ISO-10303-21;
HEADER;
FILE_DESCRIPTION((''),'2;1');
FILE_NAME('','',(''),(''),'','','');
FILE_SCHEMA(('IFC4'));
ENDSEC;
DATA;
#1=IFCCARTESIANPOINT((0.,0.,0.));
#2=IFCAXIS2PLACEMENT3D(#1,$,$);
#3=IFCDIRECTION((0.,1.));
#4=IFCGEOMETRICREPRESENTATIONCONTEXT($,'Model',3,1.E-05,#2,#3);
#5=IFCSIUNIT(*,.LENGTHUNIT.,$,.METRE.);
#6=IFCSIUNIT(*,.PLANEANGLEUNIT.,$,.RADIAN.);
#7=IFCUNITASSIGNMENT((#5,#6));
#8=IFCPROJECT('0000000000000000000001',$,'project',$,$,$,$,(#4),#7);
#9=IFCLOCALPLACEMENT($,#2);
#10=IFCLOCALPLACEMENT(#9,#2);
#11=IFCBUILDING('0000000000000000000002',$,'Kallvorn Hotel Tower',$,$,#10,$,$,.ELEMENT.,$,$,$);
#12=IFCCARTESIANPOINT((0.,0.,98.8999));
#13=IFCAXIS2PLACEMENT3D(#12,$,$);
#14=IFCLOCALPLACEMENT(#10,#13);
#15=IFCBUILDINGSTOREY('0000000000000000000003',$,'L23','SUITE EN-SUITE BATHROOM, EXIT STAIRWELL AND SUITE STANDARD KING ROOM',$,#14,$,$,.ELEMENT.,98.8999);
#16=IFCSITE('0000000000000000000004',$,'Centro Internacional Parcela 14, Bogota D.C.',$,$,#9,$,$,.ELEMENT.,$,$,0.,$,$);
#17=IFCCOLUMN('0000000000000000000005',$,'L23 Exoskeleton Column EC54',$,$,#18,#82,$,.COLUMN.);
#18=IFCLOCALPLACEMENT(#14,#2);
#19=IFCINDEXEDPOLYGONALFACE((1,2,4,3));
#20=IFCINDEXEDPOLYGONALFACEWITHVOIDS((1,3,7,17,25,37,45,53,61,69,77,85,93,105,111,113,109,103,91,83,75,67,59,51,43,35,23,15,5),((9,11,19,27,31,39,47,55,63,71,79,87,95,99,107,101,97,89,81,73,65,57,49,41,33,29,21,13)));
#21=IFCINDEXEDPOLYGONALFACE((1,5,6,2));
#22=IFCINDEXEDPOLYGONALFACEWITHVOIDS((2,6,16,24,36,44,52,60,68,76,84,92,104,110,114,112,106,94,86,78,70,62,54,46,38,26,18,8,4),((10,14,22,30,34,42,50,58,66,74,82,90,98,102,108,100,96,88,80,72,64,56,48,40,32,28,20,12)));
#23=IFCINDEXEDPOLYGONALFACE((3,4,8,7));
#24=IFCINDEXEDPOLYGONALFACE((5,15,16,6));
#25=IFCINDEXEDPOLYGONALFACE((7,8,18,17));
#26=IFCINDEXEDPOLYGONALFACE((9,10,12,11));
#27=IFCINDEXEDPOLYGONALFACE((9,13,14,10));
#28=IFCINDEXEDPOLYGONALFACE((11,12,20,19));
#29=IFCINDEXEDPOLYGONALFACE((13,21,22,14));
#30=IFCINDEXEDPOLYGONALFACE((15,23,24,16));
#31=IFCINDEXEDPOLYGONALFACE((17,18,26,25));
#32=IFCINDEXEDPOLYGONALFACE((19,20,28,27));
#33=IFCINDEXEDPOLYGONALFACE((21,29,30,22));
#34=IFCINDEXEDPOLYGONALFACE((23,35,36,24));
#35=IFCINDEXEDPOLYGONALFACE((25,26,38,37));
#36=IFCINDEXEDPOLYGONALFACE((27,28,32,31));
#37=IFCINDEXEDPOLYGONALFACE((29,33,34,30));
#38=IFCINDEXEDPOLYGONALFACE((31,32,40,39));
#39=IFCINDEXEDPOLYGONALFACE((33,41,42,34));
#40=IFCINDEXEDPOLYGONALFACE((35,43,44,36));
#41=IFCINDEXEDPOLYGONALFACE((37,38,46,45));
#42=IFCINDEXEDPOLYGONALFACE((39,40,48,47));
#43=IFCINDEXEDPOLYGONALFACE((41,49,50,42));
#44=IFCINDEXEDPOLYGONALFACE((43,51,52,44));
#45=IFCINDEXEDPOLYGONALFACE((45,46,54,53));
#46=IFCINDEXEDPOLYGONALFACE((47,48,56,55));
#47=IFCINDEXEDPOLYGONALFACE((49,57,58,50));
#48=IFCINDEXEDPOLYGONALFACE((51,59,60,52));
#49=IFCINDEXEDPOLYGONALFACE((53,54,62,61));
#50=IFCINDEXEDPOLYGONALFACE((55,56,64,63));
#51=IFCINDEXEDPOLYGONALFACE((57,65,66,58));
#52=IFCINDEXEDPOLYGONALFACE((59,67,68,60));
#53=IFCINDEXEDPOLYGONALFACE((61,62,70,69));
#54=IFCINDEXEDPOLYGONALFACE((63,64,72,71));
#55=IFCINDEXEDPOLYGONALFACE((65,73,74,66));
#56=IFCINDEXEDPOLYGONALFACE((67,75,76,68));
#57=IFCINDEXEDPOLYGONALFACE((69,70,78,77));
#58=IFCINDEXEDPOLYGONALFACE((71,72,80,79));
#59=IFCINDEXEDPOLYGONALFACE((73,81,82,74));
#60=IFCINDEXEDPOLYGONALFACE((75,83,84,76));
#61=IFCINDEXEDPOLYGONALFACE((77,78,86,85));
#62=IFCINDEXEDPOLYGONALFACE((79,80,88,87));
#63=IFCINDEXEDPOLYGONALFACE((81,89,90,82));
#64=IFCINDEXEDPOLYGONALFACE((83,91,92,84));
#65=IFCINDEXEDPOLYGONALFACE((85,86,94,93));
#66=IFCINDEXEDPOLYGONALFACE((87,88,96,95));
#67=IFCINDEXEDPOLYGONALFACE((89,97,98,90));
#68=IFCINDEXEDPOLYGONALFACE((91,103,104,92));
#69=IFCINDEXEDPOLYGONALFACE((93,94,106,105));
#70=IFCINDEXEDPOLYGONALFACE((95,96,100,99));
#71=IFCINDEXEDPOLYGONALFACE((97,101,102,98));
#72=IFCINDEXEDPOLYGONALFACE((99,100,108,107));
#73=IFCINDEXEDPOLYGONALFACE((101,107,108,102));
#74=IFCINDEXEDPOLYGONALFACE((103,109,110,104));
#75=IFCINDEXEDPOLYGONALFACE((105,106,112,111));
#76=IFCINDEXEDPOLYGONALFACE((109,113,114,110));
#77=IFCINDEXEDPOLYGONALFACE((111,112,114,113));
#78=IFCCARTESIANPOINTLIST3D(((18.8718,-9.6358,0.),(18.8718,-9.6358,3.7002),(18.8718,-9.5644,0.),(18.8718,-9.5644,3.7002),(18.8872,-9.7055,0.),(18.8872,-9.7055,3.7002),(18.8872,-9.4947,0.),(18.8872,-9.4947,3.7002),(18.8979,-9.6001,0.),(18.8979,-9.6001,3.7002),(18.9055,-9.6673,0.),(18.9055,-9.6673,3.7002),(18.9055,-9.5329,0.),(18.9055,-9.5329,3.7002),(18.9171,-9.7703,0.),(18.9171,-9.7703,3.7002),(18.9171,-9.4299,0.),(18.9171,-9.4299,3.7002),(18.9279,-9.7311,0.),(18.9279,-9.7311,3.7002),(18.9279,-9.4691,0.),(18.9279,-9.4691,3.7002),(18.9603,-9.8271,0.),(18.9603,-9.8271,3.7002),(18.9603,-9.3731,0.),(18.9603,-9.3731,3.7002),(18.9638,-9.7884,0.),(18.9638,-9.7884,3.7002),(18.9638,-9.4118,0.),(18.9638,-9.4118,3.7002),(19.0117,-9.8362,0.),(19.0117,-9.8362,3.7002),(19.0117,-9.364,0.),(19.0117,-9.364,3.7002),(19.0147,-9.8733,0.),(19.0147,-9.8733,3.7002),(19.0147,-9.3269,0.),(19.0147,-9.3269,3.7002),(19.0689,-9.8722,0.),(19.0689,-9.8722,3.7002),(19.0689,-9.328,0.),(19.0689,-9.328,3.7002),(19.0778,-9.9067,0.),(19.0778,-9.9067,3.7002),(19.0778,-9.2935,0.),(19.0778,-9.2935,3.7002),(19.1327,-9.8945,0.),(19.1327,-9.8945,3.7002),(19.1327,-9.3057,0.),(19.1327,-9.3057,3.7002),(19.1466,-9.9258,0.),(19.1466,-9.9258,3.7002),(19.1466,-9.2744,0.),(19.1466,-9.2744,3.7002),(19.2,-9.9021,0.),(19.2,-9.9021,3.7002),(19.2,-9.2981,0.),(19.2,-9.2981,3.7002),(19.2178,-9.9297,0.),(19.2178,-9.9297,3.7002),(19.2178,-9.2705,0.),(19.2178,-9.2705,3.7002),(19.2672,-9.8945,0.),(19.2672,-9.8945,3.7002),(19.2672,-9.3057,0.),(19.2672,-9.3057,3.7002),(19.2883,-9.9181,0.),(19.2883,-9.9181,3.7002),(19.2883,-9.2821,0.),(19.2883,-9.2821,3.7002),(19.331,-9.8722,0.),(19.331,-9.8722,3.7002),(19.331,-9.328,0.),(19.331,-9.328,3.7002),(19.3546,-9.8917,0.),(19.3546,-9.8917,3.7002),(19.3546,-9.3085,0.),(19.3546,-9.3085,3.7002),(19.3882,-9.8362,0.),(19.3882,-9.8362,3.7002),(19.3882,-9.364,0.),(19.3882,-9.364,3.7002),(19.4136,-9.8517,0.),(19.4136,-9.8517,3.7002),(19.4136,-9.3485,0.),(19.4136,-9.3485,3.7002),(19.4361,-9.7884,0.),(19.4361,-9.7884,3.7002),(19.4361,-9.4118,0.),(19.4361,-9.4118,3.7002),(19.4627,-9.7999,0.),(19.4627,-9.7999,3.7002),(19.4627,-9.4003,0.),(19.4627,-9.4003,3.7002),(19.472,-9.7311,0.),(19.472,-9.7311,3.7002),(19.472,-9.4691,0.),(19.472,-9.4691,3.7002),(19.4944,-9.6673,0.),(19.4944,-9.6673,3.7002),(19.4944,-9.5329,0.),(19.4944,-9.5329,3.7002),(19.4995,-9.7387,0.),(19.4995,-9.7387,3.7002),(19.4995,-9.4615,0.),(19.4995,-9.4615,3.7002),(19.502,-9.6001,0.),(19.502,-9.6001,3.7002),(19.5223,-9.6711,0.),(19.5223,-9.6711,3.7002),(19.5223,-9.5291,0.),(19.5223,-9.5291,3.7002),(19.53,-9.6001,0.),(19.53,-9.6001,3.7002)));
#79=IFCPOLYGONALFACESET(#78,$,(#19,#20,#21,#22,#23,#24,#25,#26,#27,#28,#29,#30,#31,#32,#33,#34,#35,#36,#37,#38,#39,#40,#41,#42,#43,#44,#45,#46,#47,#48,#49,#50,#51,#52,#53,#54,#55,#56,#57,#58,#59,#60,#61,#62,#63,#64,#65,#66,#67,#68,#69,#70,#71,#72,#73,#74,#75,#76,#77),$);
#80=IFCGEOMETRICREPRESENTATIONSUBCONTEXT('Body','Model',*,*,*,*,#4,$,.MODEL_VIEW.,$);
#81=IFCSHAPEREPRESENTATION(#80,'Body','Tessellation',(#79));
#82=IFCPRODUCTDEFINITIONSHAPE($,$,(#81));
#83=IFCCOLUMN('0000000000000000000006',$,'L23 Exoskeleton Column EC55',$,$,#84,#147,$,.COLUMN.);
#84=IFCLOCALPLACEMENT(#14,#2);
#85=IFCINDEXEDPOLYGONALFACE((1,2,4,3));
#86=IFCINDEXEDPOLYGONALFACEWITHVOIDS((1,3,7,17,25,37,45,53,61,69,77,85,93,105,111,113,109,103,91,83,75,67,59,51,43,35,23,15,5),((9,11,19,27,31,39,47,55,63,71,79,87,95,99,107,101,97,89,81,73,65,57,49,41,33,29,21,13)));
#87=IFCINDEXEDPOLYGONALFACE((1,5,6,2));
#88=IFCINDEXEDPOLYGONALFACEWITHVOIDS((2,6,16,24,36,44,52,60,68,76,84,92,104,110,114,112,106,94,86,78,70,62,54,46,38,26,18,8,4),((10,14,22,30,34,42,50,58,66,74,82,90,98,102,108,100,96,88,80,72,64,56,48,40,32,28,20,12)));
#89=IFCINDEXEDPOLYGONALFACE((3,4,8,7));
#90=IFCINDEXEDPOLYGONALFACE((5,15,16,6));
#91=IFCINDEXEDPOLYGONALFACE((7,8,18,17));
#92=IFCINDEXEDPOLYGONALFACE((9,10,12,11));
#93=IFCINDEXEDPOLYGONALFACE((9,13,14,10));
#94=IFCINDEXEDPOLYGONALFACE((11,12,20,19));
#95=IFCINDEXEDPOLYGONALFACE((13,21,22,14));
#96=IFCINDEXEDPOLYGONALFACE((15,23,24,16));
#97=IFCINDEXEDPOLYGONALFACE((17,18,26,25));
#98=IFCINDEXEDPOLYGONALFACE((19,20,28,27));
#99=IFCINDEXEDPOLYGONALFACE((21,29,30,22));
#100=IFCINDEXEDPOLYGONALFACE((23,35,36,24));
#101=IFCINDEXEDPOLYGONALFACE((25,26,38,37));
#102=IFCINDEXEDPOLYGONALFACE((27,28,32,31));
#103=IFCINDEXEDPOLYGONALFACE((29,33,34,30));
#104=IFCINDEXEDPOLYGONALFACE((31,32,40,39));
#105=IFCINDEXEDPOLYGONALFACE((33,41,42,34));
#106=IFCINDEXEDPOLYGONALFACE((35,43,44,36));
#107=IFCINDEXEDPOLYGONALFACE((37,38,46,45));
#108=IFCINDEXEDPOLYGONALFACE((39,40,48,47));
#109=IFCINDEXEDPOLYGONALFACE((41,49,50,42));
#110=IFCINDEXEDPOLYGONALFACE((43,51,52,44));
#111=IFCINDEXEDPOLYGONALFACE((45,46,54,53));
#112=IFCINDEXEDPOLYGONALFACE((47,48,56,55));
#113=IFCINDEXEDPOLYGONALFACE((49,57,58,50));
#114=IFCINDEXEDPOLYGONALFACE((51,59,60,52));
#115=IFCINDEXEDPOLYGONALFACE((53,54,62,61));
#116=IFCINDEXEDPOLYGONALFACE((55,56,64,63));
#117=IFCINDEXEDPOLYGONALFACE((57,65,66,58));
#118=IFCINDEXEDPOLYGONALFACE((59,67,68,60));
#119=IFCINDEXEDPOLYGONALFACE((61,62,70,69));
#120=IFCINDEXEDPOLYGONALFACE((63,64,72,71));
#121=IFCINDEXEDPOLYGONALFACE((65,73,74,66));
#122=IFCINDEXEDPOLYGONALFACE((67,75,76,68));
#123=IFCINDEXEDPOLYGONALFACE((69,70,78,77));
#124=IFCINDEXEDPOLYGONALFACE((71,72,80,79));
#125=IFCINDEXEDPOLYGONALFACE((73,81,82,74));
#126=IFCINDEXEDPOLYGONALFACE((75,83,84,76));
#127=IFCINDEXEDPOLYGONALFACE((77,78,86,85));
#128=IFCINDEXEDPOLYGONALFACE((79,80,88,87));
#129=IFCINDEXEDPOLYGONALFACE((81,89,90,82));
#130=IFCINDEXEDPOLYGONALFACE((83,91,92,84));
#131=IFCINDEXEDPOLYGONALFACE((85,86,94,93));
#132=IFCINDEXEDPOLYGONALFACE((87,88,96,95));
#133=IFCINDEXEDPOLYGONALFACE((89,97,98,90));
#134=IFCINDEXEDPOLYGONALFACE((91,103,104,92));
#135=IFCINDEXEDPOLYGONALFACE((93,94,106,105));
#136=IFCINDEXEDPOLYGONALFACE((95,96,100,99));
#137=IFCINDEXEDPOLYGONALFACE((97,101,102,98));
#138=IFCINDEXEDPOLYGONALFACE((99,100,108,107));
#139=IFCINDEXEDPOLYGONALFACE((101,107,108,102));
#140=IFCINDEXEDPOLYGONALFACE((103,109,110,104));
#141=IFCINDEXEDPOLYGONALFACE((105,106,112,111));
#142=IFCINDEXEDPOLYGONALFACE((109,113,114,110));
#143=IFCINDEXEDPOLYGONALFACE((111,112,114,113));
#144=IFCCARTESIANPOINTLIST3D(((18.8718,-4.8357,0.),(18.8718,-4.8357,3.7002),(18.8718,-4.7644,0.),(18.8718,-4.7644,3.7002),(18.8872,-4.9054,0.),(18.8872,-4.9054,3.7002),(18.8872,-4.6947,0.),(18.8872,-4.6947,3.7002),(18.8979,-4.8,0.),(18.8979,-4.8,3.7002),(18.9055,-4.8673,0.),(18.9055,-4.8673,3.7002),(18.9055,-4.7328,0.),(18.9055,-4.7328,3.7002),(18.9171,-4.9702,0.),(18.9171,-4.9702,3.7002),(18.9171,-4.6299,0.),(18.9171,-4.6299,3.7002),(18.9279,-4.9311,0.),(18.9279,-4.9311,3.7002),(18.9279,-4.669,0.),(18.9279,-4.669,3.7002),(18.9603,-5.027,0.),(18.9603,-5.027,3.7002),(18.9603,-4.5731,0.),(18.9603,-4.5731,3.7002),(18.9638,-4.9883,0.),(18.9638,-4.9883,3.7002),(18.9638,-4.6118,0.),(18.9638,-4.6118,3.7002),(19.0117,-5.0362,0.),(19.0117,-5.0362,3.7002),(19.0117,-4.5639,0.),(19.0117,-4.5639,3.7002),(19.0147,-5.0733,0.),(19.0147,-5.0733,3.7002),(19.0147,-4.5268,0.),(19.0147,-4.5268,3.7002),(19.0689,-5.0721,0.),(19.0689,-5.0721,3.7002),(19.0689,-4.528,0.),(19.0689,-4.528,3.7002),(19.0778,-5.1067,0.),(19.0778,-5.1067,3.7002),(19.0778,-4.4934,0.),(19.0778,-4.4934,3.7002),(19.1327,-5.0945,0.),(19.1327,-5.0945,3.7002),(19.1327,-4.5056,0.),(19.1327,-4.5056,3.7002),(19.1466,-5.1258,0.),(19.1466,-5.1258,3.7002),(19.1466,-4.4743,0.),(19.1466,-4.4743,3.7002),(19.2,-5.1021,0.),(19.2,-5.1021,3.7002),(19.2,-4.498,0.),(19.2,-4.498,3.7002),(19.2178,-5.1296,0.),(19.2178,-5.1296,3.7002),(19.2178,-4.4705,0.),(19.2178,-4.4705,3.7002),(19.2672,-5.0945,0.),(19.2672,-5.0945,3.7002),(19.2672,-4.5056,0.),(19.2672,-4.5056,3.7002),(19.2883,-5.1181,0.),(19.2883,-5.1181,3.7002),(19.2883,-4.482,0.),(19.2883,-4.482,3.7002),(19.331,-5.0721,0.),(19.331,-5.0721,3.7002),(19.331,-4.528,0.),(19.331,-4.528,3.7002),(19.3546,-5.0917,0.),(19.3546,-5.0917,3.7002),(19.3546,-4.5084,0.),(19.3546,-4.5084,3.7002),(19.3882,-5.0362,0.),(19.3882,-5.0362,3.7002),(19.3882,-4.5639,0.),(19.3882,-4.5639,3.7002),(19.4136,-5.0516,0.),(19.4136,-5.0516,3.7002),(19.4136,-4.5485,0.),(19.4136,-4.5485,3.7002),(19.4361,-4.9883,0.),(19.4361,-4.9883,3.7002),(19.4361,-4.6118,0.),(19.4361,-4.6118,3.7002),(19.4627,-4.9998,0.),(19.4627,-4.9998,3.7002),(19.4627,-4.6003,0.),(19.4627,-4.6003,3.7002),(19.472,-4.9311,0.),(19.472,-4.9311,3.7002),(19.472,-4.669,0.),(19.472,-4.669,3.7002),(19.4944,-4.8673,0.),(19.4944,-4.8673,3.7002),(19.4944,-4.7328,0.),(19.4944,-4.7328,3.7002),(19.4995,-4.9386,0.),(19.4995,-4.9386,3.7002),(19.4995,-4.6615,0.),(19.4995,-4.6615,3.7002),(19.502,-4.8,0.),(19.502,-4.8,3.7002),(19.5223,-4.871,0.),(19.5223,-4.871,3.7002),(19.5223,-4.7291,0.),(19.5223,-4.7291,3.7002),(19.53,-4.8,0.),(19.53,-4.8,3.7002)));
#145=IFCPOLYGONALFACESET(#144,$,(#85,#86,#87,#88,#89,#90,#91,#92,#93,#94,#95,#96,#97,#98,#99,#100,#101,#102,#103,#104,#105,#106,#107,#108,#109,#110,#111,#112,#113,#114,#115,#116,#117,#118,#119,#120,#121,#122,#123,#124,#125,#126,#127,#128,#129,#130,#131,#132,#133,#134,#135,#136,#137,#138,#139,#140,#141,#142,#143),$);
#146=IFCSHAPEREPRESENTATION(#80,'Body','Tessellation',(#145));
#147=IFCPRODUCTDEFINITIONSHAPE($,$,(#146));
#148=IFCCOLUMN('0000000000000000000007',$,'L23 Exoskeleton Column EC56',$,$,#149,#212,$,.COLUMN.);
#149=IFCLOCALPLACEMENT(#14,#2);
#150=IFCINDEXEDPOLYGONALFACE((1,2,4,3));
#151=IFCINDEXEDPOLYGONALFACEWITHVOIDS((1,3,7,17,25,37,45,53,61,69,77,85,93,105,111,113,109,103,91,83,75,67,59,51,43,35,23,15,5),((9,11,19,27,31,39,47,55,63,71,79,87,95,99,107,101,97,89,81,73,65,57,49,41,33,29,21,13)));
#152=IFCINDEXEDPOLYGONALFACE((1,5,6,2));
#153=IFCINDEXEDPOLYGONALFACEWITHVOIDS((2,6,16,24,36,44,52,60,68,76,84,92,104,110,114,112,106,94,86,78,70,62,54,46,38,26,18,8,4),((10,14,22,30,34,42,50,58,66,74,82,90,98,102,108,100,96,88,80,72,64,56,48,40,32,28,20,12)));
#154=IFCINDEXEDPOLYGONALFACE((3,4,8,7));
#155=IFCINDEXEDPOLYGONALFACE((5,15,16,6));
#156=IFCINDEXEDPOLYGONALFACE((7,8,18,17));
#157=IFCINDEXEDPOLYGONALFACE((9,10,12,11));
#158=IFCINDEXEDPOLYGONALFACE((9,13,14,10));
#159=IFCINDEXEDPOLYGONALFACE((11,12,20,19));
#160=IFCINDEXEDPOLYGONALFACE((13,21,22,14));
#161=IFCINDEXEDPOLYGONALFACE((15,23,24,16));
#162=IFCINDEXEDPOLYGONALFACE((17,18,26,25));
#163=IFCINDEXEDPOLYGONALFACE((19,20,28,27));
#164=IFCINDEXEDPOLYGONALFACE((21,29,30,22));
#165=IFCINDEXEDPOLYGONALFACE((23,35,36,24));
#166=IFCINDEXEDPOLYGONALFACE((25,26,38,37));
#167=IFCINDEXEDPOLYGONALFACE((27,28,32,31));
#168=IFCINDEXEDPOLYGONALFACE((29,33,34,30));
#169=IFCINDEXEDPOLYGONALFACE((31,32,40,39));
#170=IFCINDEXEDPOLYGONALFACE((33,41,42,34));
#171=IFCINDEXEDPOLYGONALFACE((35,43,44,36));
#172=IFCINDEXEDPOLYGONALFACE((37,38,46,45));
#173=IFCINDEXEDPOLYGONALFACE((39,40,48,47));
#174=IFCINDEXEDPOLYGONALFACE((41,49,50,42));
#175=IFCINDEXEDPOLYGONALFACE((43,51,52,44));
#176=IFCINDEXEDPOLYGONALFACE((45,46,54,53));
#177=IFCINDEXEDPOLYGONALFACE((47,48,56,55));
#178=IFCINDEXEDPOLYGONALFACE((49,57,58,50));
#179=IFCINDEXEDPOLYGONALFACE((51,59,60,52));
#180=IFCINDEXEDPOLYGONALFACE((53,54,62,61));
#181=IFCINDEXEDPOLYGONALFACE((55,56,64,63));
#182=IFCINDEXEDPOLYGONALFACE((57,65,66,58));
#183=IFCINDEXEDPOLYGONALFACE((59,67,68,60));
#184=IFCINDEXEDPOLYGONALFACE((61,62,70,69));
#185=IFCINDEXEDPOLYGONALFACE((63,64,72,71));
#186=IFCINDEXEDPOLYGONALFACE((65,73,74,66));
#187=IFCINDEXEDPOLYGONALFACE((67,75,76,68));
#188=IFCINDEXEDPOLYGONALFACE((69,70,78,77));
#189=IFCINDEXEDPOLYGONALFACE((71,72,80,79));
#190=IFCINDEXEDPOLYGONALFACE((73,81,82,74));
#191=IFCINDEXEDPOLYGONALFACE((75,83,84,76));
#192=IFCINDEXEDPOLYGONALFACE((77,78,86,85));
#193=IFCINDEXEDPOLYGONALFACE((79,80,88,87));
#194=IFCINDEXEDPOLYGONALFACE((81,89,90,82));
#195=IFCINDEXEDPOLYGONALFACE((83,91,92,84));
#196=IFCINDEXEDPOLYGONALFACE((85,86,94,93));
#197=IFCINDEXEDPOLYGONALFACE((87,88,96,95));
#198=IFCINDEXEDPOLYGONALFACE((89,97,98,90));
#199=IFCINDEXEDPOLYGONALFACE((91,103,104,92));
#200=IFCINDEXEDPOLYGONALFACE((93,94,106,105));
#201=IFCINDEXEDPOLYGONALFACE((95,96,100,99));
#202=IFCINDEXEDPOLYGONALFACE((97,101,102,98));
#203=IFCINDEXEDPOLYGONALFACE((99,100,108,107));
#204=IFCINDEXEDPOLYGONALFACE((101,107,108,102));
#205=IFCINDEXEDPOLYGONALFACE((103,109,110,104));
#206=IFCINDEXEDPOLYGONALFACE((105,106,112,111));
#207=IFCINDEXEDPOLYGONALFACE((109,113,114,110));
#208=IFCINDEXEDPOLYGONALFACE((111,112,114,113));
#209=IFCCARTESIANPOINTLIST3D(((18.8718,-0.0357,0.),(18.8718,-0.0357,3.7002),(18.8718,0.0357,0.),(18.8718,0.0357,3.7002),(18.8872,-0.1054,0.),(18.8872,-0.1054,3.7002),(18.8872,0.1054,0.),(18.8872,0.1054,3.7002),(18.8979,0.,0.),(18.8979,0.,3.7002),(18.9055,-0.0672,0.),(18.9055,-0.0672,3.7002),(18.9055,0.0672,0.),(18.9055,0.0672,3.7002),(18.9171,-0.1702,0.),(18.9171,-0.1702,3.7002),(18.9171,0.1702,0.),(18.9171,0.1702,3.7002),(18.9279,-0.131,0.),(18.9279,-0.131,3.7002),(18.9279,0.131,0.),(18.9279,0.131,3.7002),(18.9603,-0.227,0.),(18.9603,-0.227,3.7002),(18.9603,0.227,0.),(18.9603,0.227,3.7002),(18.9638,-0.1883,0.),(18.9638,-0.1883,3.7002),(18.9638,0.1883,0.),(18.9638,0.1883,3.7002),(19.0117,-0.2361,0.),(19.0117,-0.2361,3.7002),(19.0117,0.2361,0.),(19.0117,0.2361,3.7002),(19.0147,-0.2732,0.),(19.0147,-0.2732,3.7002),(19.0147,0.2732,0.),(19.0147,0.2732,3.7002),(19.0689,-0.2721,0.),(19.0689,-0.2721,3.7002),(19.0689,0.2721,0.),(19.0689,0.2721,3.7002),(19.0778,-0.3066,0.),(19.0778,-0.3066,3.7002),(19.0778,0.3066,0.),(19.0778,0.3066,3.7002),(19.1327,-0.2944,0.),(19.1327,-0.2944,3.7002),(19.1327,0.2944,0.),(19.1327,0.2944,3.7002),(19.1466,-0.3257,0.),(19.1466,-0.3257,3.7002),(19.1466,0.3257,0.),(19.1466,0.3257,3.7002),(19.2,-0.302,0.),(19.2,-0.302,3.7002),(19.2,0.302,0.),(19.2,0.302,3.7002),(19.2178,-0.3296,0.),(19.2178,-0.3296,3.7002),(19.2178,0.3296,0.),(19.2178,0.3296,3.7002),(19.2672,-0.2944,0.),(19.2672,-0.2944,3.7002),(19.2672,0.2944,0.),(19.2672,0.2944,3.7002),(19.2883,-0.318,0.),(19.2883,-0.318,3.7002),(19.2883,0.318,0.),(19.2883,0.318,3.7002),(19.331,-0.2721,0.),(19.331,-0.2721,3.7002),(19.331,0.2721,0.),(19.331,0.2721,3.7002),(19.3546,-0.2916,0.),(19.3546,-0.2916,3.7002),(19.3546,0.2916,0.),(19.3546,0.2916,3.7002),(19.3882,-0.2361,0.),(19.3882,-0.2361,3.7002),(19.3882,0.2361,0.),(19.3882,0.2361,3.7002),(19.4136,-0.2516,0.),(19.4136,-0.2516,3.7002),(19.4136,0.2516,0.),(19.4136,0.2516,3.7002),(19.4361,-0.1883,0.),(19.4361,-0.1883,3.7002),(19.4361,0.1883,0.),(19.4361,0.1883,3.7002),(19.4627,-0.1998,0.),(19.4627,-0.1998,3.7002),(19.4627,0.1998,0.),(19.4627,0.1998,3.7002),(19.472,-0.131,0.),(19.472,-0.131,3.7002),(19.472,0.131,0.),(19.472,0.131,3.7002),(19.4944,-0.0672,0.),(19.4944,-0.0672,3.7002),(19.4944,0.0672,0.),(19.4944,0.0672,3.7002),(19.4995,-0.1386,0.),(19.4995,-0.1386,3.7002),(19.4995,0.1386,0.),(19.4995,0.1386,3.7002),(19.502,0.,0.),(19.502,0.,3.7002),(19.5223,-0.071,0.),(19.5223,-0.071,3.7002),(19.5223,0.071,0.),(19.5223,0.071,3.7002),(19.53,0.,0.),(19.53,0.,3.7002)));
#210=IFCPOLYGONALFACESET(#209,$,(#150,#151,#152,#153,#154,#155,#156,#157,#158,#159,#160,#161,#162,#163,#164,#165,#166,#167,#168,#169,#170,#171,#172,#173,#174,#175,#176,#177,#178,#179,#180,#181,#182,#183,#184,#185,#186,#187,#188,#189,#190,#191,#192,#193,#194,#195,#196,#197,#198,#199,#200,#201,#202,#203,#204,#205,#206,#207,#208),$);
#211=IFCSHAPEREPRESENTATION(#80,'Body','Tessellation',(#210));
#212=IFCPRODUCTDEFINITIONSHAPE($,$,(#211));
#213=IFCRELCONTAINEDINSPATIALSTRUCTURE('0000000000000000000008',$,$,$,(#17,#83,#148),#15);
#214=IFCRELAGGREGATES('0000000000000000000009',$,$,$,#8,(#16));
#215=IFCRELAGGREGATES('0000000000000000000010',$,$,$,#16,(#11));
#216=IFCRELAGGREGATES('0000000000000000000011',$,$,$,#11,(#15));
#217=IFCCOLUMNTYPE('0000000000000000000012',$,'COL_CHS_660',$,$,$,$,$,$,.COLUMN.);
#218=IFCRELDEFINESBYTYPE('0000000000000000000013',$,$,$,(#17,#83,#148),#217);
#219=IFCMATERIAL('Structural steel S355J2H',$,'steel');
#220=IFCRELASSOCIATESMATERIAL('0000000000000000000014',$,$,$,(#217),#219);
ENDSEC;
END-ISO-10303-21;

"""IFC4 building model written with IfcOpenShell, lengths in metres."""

from ifc_helpers import new_model, si_unit, direction, frame, origin, origin_2d, place, context, subcontext, project, spatial, hollow_circle, extrude, material, material_profile, profile_set, type_object, element, save


model = new_model("IFC4")

# Units and contexts
model_context = context("Model", 3, precision=1e-05, world=origin(), true_north=direction((0.0, 1.0)))
body_context = subcontext(model_context, "Body", "Model", "MODEL_VIEW")
ifc_project = project(units=[si_unit("LENGTHUNIT", "METRE"), si_unit("PLANEANGLEUNIT", "RADIAN")], contexts=[model_context])

# Site, building, storey
site_placement = place(None, origin())
site = spatial("IfcSite", under=ifc_project, at=site_placement, Name="Centro Internacional Parcela 14, Bogota D.C.", CompositionType="ELEMENT", RefElevation=0.0)
building_placement = place(site_placement, origin())
building = spatial("IfcBuilding", under=site, at=building_placement, Name="Kallvorn Hotel Tower", CompositionType="ELEMENT")
storey_placement = place(building_placement, frame((0.0, 0.0, 98.8999)))
storey = spatial("IfcBuildingStorey", under=building, at=storey_placement, Name="L23", Description="SUITE EN-SUITE BATHROOM, EXIT STAIRWELL AND SUITE STANDARD KING ROOM", CompositionType="ELEMENT", Elevation=98.8999)

# Columns
ifc_material_1 = material(Name="Structural steel S355J2H", Category="steel")
ifc_material_profile_1 = material_profile(ifc_material_1, hollow_circle(Radius=0.3301, WallThickness=0.0281, at=origin_2d()), Name="CHS 660x28")
ifc_profile_set_1 = profile_set([ifc_material_profile_1], Name="Structural steel S355J2H")
column_type_1 = type_object("IfcColumnType", Name="COL_CHS_660", PredefinedType="COLUMN", material=ifc_profile_set_1)
for number, where, z_axis, x_axis, name in (
    (1, (19.2, -9.6001, 0.0), (0.0, 0.0, 1.0), (1.0, 0.0, 0.0), "L23 Exoskeleton Column EC54"),
    (2, (19.2, -4.8, 0.0), (0.0, 0.0, 1.0), (1.0, 0.0, 0.0), "L23 Exoskeleton Column EC55"),
    (3, (19.2, 0.0, 0.0), (0.0, 0.0, 1.0), (1.0, 0.0, 0.0), "L23 Exoskeleton Column EC56"),
):
    element("IfcColumn", number, at=place(storey_placement, frame(where, z_axis=z_axis, x_axis=x_axis)), inside=storey, type_object=column_type_1, Name=name, PredefinedType="COLUMN", context=body_context, shape_type="SweptSolid", body=[
        extrude(hollow_circle(Radius=0.3301, WallThickness=0.0281, at=origin_2d()), origin(), (0.0, 0.0, 1.0), 3.7002),
    ])

save(model, "model.ifc")
